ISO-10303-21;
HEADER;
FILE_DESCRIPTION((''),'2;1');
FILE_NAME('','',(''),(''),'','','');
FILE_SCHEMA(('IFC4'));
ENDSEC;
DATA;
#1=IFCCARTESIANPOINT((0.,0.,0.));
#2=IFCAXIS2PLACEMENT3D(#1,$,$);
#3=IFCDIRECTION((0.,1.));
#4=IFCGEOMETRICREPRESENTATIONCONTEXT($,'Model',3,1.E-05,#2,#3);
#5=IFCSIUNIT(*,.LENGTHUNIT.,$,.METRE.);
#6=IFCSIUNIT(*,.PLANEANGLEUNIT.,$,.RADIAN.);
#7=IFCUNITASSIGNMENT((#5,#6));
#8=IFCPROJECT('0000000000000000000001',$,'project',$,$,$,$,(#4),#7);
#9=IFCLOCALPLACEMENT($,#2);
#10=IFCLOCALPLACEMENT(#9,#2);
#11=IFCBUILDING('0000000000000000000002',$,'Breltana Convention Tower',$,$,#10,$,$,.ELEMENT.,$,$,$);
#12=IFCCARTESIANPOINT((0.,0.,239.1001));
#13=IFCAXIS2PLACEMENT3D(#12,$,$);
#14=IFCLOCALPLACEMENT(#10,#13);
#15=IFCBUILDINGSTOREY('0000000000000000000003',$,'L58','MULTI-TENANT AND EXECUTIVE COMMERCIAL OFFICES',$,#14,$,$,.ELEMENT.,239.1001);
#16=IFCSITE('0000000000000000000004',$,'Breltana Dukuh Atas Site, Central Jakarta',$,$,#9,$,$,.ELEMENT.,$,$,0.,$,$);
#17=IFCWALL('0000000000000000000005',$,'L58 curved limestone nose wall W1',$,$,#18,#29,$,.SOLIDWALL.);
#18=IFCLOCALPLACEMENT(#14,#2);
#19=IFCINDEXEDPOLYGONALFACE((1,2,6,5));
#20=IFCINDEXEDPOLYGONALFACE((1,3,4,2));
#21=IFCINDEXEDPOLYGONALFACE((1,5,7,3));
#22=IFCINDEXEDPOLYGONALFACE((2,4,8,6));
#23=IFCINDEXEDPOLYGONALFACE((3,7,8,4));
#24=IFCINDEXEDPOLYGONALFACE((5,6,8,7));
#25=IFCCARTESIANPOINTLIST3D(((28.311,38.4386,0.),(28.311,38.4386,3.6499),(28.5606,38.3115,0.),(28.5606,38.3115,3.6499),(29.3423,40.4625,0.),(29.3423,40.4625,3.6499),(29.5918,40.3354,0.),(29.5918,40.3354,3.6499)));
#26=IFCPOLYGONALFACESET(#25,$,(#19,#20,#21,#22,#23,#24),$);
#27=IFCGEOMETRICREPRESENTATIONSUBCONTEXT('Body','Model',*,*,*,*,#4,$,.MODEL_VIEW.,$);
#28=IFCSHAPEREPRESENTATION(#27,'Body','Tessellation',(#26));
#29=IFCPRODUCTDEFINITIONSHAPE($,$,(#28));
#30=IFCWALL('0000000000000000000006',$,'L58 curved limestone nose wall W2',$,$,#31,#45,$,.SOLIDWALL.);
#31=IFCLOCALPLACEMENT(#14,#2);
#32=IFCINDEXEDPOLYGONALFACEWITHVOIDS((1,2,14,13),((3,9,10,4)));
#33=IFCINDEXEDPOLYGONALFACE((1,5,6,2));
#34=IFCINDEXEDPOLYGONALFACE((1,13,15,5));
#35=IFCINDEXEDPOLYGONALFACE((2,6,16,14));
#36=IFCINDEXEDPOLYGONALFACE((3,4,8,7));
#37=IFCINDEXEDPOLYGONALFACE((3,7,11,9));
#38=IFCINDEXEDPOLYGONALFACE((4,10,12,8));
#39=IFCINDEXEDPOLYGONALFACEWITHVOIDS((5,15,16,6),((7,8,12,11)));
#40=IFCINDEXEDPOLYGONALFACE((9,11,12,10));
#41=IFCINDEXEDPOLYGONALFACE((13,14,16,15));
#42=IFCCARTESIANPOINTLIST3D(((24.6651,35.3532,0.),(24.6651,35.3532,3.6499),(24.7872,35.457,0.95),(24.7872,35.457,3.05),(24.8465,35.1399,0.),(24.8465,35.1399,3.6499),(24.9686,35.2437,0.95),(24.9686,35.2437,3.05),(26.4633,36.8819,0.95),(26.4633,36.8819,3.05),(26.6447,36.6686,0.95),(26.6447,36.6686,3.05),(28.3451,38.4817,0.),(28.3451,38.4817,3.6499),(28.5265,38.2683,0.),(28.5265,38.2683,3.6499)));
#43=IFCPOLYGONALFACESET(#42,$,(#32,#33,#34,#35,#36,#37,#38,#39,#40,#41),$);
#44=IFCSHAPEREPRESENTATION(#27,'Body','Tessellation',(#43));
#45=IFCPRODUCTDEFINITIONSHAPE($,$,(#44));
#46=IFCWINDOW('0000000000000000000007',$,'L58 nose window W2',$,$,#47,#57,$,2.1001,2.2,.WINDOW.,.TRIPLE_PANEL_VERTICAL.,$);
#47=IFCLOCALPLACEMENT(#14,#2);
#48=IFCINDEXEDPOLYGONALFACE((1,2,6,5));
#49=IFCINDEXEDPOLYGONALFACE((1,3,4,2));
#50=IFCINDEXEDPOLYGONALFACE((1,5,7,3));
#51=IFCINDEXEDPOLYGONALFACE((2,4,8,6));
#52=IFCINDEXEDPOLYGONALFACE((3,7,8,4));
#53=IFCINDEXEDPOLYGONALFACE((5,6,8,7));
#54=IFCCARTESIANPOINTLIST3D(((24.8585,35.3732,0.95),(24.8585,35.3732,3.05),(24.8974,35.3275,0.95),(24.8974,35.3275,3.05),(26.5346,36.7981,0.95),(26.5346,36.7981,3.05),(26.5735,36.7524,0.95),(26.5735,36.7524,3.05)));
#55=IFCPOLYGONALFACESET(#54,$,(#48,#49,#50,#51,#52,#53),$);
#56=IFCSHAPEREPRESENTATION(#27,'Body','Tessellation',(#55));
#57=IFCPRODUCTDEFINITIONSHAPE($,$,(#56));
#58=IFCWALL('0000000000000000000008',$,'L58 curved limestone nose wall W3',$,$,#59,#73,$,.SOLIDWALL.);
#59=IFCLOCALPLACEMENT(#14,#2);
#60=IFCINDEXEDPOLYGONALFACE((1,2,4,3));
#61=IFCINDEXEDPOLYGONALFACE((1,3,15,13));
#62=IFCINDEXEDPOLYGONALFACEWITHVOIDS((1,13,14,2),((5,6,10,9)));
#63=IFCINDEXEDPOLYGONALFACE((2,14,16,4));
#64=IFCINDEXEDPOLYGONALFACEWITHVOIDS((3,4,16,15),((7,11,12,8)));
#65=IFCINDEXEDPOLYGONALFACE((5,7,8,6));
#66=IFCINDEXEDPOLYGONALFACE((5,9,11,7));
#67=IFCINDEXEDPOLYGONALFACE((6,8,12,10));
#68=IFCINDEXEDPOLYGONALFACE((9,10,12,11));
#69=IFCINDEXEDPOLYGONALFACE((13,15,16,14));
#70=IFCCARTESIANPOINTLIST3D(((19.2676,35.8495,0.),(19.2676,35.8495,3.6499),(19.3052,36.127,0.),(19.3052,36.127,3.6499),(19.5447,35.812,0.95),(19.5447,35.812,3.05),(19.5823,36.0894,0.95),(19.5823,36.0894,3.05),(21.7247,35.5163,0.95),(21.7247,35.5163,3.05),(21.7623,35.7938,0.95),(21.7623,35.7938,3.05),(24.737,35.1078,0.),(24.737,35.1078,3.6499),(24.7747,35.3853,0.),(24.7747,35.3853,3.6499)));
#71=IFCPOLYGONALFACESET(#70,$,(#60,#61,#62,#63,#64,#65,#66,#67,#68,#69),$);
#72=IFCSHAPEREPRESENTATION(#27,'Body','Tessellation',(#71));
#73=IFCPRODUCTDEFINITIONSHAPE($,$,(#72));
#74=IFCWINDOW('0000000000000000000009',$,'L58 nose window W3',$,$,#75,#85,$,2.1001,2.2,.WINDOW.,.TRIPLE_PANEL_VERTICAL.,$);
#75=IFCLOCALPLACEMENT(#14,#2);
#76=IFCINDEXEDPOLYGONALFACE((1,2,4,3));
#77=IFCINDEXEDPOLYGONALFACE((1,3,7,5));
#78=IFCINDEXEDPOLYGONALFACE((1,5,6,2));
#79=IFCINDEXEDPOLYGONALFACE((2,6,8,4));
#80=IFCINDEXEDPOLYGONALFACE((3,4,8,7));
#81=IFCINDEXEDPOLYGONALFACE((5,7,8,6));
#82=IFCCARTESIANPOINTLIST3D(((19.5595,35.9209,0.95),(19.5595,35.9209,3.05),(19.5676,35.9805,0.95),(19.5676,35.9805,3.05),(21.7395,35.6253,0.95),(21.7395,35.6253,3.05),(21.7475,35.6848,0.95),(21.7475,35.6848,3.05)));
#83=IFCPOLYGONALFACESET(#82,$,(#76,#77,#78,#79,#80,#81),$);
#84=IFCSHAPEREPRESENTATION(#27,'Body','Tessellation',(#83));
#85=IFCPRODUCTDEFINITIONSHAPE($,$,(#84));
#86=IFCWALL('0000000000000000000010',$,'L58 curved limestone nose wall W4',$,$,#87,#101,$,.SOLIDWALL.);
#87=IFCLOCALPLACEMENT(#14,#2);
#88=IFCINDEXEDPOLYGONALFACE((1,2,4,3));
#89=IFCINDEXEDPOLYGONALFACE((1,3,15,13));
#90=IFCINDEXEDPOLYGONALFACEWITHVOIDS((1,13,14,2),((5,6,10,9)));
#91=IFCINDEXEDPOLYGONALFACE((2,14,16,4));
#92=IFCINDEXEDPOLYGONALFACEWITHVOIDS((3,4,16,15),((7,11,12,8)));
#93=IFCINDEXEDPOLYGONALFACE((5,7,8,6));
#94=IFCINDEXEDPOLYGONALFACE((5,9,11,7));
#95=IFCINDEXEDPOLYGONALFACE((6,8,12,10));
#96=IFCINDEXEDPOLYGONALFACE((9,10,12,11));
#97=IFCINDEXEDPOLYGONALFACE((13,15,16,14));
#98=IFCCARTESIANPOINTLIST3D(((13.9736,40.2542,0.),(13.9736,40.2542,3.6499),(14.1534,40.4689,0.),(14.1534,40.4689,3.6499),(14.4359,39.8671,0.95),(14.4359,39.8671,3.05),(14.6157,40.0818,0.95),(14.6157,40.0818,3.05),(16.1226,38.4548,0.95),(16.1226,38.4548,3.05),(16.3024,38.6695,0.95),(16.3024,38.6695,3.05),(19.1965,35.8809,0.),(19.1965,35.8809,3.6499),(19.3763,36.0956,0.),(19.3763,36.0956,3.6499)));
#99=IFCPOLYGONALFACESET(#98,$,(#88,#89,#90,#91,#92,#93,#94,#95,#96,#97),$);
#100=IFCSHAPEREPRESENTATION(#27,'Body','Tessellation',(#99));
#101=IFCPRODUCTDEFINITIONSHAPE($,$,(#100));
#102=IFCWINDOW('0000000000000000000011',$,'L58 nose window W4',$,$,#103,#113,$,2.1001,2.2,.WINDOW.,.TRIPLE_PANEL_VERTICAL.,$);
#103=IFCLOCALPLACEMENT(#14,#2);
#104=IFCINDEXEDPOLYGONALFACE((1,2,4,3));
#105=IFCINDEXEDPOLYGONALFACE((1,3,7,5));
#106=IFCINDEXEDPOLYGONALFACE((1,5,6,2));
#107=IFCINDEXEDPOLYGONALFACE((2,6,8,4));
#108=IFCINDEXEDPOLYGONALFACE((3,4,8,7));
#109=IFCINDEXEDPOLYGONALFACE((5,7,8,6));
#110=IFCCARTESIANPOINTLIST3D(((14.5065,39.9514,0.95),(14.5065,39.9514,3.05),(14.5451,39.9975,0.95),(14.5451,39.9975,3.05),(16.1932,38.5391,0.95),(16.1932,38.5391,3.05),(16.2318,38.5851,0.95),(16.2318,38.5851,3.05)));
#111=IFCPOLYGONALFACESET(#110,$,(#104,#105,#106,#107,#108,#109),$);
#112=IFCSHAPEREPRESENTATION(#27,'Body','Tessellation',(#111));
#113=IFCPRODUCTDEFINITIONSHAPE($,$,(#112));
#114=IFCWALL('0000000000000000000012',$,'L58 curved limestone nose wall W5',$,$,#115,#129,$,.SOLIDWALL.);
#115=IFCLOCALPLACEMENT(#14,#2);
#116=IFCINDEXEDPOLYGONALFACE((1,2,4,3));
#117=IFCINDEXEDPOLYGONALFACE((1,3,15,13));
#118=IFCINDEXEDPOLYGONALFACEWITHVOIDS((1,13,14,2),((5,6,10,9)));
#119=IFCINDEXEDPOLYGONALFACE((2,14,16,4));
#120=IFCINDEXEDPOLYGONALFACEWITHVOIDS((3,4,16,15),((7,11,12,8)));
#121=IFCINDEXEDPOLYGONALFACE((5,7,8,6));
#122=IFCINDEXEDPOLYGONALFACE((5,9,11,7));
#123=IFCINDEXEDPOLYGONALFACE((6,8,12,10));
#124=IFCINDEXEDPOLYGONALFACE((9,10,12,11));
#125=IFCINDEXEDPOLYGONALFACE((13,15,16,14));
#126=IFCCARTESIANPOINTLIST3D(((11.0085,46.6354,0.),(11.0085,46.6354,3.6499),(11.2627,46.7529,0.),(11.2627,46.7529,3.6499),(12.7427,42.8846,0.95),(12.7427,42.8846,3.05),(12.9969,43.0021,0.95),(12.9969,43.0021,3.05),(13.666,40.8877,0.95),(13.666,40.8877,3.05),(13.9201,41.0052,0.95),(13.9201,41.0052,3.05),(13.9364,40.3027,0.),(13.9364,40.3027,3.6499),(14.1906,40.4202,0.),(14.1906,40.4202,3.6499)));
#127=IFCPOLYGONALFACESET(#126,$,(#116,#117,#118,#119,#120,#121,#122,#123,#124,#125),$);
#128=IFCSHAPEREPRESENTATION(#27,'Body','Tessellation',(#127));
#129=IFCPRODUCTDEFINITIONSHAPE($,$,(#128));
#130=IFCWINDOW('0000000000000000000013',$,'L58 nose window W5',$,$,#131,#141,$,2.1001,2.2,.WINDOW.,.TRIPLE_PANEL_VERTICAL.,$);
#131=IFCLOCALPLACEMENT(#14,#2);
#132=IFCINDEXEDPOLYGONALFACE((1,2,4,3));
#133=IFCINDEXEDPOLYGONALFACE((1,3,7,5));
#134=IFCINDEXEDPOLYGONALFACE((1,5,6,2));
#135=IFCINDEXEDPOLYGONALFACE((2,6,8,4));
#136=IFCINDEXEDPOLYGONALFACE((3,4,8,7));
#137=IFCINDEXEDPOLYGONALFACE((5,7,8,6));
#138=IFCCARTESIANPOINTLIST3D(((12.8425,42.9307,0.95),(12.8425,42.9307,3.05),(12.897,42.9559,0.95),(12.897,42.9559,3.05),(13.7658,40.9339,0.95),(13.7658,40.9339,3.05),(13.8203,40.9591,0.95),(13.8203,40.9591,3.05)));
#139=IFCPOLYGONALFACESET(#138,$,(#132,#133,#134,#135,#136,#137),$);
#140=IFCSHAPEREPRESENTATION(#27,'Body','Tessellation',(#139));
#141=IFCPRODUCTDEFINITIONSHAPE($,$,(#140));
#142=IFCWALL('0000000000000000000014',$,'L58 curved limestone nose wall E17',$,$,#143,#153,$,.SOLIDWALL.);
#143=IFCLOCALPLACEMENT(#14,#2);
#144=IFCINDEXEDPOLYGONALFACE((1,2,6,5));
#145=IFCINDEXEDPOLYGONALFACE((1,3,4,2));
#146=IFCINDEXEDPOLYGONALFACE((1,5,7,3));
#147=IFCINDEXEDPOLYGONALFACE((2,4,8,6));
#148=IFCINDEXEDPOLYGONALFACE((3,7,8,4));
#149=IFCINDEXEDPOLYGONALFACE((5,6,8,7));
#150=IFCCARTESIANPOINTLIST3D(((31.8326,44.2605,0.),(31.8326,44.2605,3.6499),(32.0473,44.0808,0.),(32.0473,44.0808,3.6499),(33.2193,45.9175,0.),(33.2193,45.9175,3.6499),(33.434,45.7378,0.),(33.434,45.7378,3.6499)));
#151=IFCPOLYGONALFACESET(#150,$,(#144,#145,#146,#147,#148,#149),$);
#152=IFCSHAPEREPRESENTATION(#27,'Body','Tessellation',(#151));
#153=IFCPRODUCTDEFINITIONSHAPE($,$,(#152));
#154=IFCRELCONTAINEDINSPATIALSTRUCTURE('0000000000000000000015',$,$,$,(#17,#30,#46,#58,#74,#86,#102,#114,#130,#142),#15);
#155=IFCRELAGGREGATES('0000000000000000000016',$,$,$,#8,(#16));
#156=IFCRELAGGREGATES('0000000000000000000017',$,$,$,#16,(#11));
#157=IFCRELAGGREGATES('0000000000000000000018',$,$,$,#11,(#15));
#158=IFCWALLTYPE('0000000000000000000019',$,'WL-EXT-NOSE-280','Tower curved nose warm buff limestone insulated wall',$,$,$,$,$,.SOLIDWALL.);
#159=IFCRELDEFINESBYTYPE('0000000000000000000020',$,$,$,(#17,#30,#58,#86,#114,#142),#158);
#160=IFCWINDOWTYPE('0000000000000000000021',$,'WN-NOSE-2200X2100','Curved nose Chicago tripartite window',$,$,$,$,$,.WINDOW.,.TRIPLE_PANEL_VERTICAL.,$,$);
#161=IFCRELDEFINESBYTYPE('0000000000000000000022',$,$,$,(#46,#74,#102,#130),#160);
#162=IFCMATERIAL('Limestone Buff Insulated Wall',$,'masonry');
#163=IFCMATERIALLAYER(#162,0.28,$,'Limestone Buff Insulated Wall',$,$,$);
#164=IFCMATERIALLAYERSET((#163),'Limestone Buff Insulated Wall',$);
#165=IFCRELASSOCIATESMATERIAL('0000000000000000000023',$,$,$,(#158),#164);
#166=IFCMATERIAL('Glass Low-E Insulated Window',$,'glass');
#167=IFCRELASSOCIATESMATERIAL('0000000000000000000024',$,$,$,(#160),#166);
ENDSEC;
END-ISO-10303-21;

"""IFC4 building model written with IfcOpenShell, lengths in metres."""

from ifc_helpers import new_model, si_unit, direction, frame, frame_2d, origin, place, context, subcontext, project, spatial, rectangle, extrude, source, transform, mapped, material, layer, layer_set, type_object, type_shapes, element, fill, save


model = new_model("IFC4")

# Units and contexts
model_context = context("Model", 3, precision=1e-05, world=origin(), true_north=direction((0.0, 1.0)))
body_context = subcontext(model_context, "Body", "Model", "MODEL_VIEW")
ifc_project = project(units=[si_unit("LENGTHUNIT", "METRE"), si_unit("PLANEANGLEUNIT", "RADIAN")], contexts=[model_context])

# Site, building, storey
site_placement = place(None, origin())
site = spatial("IfcSite", under=ifc_project, at=site_placement, Name="Breltana Dukuh Atas Site, Central Jakarta", CompositionType="ELEMENT", RefElevation=0.0)
building_placement = place(site_placement, origin())
building = spatial("IfcBuilding", under=site, at=building_placement, Name="Breltana Convention Tower", CompositionType="ELEMENT")
storey_placement = place(building_placement, frame((0.0, 0.0, 239.1001)))
storey = spatial("IfcBuildingStorey", under=building, at=storey_placement, Name="L58", Description="MULTI-TENANT AND EXECUTIVE COMMERCIAL OFFICES", CompositionType="ELEMENT", Elevation=239.1001)

# Wall
ifc_material_1 = material(Name="Limestone Buff Insulated Wall", Category="masonry")
ifc_layer_1 = layer(ifc_material_1, 0.28, Name="Limestone Buff Insulated Wall")
ifc_layer_set_1 = layer_set([ifc_layer_1], Name="Limestone Buff Insulated Wall")
wall_type = type_object("IfcWallType", Name="WL-EXT-NOSE-280", Description="Tower curved nose warm buff limestone insulated wall", PredefinedType="SOLIDWALL", material=ifc_layer_set_1)
shared_shape_1 = source(origin(), body_context, "Body", "SweptSolid", [
    extrude(rectangle(XDim=2.2715, YDim=0.28, at=frame_2d((1.1357, 0.0))), origin(), (0.0, 0.0, 1.0), 3.6499),
])
wall_1_placement = place(storey_placement, frame((29.467, 40.3989, 0.0), z_axis=(0.0, 0.0, 1.0), x_axis=(-0.453993, -0.891005, 0.0)))
element("IfcWall", 1, at=wall_1_placement, inside=storey, type_object=wall_type, Name="L58 curved limestone nose wall W1", PredefinedType="SOLIDWALL", context=body_context, shape_type="MappedRepresentation", body=[
    mapped(shared_shape_1, transform((0.0, 0.0, 0.0), scale=1.0)),
])

# Walls, openings, windows
shared_shape_2 = source(origin(), body_context, "Body", "SweptSolid", [
    extrude(rectangle(XDim=4.8301, YDim=0.28, at=frame_2d((2.415, 0.0))), origin(), (0.0, 0.0, 1.0), 3.6499),
])
wall_2_placement = place(storey_placement, frame((28.4358, 38.375, 0.0), z_axis=(0.0, 0.0, 1.0), x_axis=(-0.761891, -0.647706, 0.0)))
wall_2 = element("IfcWall", 2, at=wall_2_placement, inside=storey, type_object=wall_type, Name="L58 curved limestone nose wall W2", PredefinedType="SOLIDWALL", context=body_context, shape_type="MappedRepresentation", body=[
    mapped(shared_shape_2, transform((0.0, 0.0, 0.0), scale=1.0)),
])
opening_1_placement = place(wall_2_placement, frame((2.4697, 0.0, 0.95)))
opening_1 = element("IfcOpeningElement", 3, at=opening_1_placement, cuts=wall_2, PredefinedType="OPENING", context=body_context, shape_type="SweptSolid", body=[
    extrude(rectangle(XDim=2.2, YDim=2.1001, at=frame_2d((1.1001, 1.05))), frame((0.0, 0.1499, 0.0), z_axis=(0.0, -1.0, 0.0), x_axis=(1.0, 0.0, 0.0)), (0.0, 0.0, 1.0), 0.3),
])
ifc_material_2 = material(Name="Glass Low-E Insulated Window", Category="glass")
window_type = type_object("IfcWindowType", Name="WN-NOSE-2200X2100", Description="Curved nose Chicago tripartite window", PartitioningType="TRIPLE_PANEL_VERTICAL", PredefinedType="WINDOW", material=ifc_material_2)
shared_shape_3 = source(origin(), body_context, "Body", "SweptSolid", [
    extrude(rectangle(XDim=2.2, YDim=2.1001, at=frame_2d((1.1001, 1.05))), frame((0.0, 0.03, 0.0), z_axis=(0.0, -1.0, 0.0), x_axis=(1.0, 0.0, 0.0)), (0.0, 0.0, 1.0), 0.0601),
])
type_shapes(window_type, [shared_shape_3])
window_1_placement = place(opening_1_placement, origin())
window_1 = element("IfcWindow", 4, at=window_1_placement, inside=storey, type_object=window_type, Name="L58 nose window W2", OverallHeight=2.1001, OverallWidth=2.2, PartitioningType="TRIPLE_PANEL_VERTICAL", PredefinedType="WINDOW", context=body_context, shape_type="MappedRepresentation", body=[
    mapped(shared_shape_3, transform((0.0, 0.0, 0.0), scale=1.0)),
])
fill(opening_1, window_1)
shared_shape_4 = source(origin(), body_context, "Body", "SweptSolid", [
    extrude(rectangle(XDim=5.5195, YDim=0.28, at=frame_2d((2.7598, 0.0))), origin(), (0.0, 0.0, 1.0), 3.6499),
])
wall_3_placement = place(storey_placement, frame((24.7559, 35.2466, 0.0), z_axis=(0.0, 0.0, 1.0), x_axis=(-0.99093, 0.134377, 0.0)))
wall_3 = element("IfcWall", 5, at=wall_3_placement, inside=storey, type_object=wall_type, Name="L58 curved limestone nose wall W3", PredefinedType="SOLIDWALL", context=body_context, shape_type="MappedRepresentation", body=[
    mapped(shared_shape_4, transform((0.0, 0.0, 0.0), scale=1.0)),
])
opening_2_placement = place(wall_3_placement, frame((3.0398, 0.0, 0.95)))
opening_2 = element("IfcOpeningElement", 6, at=opening_2_placement, cuts=wall_3, PredefinedType="OPENING", context=body_context, shape_type="SweptSolid", body=[
    extrude(rectangle(XDim=2.2, YDim=2.1001, at=frame_2d((1.1001, 1.05))), frame((0.0, 0.1499, 0.0), z_axis=(0.0, -1.0, 0.0), x_axis=(1.0, 0.0, 0.0)), (0.0, 0.0, 1.0), 0.3),
])
window_2_placement = place(opening_2_placement, origin())
window_2 = element("IfcWindow", 7, at=window_2_placement, inside=storey, type_object=window_type, Name="L58 nose window W3", OverallHeight=2.1001, OverallWidth=2.2, PartitioningType="TRIPLE_PANEL_VERTICAL", PredefinedType="WINDOW", context=body_context, shape_type="MappedRepresentation", body=[
    mapped(shared_shape_3, transform((0.0, 0.0, 0.0), scale=1.0)),
])
fill(opening_2, window_2)
shared_shape_5 = source(origin(), body_context, "Body", "SweptSolid", [
    extrude(rectangle(XDim=6.812, YDim=0.28, at=frame_2d((3.406, 0.0))), origin(), (0.0, 0.0, 1.0), 3.6499),
])
wall_4_placement = place(storey_placement, frame((19.2864, 35.9883, 0.0), z_axis=(0.0, 0.0, 1.0), x_axis=(-0.766712, 0.641991, 0.0)))
wall_4 = element("IfcWall", 8, at=wall_4_placement, inside=storey, type_object=wall_type, Name="L58 curved limestone nose wall W4", PredefinedType="SOLIDWALL", context=body_context, shape_type="MappedRepresentation", body=[
    mapped(shared_shape_5, transform((0.0, 0.0, 0.0), scale=1.0)),
])
opening_3_placement = place(wall_4_placement, frame((4.009, 0.0, 0.95)))
opening_3 = element("IfcOpeningElement", 9, at=opening_3_placement, cuts=wall_4, PredefinedType="OPENING", context=body_context, shape_type="SweptSolid", body=[
    extrude(rectangle(XDim=2.2, YDim=2.1001, at=frame_2d((1.1001, 1.05))), frame((0.0, 0.1499, 0.0), z_axis=(0.0, -1.0, 0.0), x_axis=(1.0, 0.0, 0.0)), (0.0, 0.0, 1.0), 0.3),
])
window_3_placement = place(opening_3_placement, origin())
window_3 = element("IfcWindow", 10, at=window_3_placement, inside=storey, type_object=window_type, Name="L58 nose window W4", OverallHeight=2.1001, OverallWidth=2.2, PartitioningType="TRIPLE_PANEL_VERTICAL", PredefinedType="WINDOW", context=body_context, shape_type="MappedRepresentation", body=[
    mapped(shared_shape_3, transform((0.0, 0.0, 0.0), scale=1.0)),
])
fill(opening_3, window_3)
shared_shape_6 = source(origin(), body_context, "Body", "SweptSolid", [
    extrude(rectangle(XDim=6.9768, YDim=0.28, at=frame_2d((3.4883, 0.0))), origin(), (0.0, 0.0, 1.0), 3.6499),
])
wall_5_placement = place(storey_placement, frame((14.0635, 40.3616, 0.0), z_axis=(0.0, 0.0, 1.0), x_axis=(-0.419668, 0.907678, 0.0)))
wall_5 = element("IfcWall", 11, at=wall_5_placement, inside=storey, type_object=wall_type, Name="L58 curved limestone nose wall W5", PredefinedType="SOLIDWALL", context=body_context, shape_type="MappedRepresentation", body=[
    mapped(shared_shape_6, transform((0.0, 0.0, 0.0), scale=1.0)),
])
opening_4_placement = place(wall_5_placement, frame((0.6443, 0.0, 0.95)))
opening_4 = element("IfcOpeningElement", 12, at=opening_4_placement, cuts=wall_5, PredefinedType="OPENING", context=body_context, shape_type="SweptSolid", body=[
    extrude(rectangle(XDim=2.2, YDim=2.1001, at=frame_2d((1.1001, 1.05))), frame((0.0, 0.1499, 0.0), z_axis=(0.0, -1.0, 0.0), x_axis=(1.0, 0.0, 0.0)), (0.0, 0.0, 1.0), 0.3),
])
window_4_placement = place(opening_4_placement, origin())
window_4 = element("IfcWindow", 13, at=window_4_placement, inside=storey, type_object=window_type, Name="L58 nose window W5", OverallHeight=2.1001, OverallWidth=2.2, PartitioningType="TRIPLE_PANEL_VERTICAL", PredefinedType="WINDOW", context=body_context, shape_type="MappedRepresentation", body=[
    mapped(shared_shape_3, transform((0.0, 0.0, 0.0), scale=1.0)),
])
fill(opening_4, window_4)

# Wall
shared_shape_7 = source(origin(), body_context, "Body", "SweptSolid", [
    extrude(rectangle(XDim=2.1606, YDim=0.28, at=frame_2d((1.0803, 0.0))), origin(), (0.0, 0.0, 1.0), 3.6499),
])
wall_6_placement = place(storey_placement, frame((33.3267, 45.8276, 0.0), z_axis=(0.0, 0.0, 1.0), x_axis=(-0.641795, -0.766877, 0.0)))
element("IfcWall", 14, at=wall_6_placement, inside=storey, type_object=wall_type, Name="L58 curved limestone nose wall E17", PredefinedType="SOLIDWALL", context=body_context, shape_type="MappedRepresentation", body=[
    mapped(shared_shape_7, transform((0.0, 0.0, 0.0), scale=1.0)),
])

save(model, "model.ifc")
